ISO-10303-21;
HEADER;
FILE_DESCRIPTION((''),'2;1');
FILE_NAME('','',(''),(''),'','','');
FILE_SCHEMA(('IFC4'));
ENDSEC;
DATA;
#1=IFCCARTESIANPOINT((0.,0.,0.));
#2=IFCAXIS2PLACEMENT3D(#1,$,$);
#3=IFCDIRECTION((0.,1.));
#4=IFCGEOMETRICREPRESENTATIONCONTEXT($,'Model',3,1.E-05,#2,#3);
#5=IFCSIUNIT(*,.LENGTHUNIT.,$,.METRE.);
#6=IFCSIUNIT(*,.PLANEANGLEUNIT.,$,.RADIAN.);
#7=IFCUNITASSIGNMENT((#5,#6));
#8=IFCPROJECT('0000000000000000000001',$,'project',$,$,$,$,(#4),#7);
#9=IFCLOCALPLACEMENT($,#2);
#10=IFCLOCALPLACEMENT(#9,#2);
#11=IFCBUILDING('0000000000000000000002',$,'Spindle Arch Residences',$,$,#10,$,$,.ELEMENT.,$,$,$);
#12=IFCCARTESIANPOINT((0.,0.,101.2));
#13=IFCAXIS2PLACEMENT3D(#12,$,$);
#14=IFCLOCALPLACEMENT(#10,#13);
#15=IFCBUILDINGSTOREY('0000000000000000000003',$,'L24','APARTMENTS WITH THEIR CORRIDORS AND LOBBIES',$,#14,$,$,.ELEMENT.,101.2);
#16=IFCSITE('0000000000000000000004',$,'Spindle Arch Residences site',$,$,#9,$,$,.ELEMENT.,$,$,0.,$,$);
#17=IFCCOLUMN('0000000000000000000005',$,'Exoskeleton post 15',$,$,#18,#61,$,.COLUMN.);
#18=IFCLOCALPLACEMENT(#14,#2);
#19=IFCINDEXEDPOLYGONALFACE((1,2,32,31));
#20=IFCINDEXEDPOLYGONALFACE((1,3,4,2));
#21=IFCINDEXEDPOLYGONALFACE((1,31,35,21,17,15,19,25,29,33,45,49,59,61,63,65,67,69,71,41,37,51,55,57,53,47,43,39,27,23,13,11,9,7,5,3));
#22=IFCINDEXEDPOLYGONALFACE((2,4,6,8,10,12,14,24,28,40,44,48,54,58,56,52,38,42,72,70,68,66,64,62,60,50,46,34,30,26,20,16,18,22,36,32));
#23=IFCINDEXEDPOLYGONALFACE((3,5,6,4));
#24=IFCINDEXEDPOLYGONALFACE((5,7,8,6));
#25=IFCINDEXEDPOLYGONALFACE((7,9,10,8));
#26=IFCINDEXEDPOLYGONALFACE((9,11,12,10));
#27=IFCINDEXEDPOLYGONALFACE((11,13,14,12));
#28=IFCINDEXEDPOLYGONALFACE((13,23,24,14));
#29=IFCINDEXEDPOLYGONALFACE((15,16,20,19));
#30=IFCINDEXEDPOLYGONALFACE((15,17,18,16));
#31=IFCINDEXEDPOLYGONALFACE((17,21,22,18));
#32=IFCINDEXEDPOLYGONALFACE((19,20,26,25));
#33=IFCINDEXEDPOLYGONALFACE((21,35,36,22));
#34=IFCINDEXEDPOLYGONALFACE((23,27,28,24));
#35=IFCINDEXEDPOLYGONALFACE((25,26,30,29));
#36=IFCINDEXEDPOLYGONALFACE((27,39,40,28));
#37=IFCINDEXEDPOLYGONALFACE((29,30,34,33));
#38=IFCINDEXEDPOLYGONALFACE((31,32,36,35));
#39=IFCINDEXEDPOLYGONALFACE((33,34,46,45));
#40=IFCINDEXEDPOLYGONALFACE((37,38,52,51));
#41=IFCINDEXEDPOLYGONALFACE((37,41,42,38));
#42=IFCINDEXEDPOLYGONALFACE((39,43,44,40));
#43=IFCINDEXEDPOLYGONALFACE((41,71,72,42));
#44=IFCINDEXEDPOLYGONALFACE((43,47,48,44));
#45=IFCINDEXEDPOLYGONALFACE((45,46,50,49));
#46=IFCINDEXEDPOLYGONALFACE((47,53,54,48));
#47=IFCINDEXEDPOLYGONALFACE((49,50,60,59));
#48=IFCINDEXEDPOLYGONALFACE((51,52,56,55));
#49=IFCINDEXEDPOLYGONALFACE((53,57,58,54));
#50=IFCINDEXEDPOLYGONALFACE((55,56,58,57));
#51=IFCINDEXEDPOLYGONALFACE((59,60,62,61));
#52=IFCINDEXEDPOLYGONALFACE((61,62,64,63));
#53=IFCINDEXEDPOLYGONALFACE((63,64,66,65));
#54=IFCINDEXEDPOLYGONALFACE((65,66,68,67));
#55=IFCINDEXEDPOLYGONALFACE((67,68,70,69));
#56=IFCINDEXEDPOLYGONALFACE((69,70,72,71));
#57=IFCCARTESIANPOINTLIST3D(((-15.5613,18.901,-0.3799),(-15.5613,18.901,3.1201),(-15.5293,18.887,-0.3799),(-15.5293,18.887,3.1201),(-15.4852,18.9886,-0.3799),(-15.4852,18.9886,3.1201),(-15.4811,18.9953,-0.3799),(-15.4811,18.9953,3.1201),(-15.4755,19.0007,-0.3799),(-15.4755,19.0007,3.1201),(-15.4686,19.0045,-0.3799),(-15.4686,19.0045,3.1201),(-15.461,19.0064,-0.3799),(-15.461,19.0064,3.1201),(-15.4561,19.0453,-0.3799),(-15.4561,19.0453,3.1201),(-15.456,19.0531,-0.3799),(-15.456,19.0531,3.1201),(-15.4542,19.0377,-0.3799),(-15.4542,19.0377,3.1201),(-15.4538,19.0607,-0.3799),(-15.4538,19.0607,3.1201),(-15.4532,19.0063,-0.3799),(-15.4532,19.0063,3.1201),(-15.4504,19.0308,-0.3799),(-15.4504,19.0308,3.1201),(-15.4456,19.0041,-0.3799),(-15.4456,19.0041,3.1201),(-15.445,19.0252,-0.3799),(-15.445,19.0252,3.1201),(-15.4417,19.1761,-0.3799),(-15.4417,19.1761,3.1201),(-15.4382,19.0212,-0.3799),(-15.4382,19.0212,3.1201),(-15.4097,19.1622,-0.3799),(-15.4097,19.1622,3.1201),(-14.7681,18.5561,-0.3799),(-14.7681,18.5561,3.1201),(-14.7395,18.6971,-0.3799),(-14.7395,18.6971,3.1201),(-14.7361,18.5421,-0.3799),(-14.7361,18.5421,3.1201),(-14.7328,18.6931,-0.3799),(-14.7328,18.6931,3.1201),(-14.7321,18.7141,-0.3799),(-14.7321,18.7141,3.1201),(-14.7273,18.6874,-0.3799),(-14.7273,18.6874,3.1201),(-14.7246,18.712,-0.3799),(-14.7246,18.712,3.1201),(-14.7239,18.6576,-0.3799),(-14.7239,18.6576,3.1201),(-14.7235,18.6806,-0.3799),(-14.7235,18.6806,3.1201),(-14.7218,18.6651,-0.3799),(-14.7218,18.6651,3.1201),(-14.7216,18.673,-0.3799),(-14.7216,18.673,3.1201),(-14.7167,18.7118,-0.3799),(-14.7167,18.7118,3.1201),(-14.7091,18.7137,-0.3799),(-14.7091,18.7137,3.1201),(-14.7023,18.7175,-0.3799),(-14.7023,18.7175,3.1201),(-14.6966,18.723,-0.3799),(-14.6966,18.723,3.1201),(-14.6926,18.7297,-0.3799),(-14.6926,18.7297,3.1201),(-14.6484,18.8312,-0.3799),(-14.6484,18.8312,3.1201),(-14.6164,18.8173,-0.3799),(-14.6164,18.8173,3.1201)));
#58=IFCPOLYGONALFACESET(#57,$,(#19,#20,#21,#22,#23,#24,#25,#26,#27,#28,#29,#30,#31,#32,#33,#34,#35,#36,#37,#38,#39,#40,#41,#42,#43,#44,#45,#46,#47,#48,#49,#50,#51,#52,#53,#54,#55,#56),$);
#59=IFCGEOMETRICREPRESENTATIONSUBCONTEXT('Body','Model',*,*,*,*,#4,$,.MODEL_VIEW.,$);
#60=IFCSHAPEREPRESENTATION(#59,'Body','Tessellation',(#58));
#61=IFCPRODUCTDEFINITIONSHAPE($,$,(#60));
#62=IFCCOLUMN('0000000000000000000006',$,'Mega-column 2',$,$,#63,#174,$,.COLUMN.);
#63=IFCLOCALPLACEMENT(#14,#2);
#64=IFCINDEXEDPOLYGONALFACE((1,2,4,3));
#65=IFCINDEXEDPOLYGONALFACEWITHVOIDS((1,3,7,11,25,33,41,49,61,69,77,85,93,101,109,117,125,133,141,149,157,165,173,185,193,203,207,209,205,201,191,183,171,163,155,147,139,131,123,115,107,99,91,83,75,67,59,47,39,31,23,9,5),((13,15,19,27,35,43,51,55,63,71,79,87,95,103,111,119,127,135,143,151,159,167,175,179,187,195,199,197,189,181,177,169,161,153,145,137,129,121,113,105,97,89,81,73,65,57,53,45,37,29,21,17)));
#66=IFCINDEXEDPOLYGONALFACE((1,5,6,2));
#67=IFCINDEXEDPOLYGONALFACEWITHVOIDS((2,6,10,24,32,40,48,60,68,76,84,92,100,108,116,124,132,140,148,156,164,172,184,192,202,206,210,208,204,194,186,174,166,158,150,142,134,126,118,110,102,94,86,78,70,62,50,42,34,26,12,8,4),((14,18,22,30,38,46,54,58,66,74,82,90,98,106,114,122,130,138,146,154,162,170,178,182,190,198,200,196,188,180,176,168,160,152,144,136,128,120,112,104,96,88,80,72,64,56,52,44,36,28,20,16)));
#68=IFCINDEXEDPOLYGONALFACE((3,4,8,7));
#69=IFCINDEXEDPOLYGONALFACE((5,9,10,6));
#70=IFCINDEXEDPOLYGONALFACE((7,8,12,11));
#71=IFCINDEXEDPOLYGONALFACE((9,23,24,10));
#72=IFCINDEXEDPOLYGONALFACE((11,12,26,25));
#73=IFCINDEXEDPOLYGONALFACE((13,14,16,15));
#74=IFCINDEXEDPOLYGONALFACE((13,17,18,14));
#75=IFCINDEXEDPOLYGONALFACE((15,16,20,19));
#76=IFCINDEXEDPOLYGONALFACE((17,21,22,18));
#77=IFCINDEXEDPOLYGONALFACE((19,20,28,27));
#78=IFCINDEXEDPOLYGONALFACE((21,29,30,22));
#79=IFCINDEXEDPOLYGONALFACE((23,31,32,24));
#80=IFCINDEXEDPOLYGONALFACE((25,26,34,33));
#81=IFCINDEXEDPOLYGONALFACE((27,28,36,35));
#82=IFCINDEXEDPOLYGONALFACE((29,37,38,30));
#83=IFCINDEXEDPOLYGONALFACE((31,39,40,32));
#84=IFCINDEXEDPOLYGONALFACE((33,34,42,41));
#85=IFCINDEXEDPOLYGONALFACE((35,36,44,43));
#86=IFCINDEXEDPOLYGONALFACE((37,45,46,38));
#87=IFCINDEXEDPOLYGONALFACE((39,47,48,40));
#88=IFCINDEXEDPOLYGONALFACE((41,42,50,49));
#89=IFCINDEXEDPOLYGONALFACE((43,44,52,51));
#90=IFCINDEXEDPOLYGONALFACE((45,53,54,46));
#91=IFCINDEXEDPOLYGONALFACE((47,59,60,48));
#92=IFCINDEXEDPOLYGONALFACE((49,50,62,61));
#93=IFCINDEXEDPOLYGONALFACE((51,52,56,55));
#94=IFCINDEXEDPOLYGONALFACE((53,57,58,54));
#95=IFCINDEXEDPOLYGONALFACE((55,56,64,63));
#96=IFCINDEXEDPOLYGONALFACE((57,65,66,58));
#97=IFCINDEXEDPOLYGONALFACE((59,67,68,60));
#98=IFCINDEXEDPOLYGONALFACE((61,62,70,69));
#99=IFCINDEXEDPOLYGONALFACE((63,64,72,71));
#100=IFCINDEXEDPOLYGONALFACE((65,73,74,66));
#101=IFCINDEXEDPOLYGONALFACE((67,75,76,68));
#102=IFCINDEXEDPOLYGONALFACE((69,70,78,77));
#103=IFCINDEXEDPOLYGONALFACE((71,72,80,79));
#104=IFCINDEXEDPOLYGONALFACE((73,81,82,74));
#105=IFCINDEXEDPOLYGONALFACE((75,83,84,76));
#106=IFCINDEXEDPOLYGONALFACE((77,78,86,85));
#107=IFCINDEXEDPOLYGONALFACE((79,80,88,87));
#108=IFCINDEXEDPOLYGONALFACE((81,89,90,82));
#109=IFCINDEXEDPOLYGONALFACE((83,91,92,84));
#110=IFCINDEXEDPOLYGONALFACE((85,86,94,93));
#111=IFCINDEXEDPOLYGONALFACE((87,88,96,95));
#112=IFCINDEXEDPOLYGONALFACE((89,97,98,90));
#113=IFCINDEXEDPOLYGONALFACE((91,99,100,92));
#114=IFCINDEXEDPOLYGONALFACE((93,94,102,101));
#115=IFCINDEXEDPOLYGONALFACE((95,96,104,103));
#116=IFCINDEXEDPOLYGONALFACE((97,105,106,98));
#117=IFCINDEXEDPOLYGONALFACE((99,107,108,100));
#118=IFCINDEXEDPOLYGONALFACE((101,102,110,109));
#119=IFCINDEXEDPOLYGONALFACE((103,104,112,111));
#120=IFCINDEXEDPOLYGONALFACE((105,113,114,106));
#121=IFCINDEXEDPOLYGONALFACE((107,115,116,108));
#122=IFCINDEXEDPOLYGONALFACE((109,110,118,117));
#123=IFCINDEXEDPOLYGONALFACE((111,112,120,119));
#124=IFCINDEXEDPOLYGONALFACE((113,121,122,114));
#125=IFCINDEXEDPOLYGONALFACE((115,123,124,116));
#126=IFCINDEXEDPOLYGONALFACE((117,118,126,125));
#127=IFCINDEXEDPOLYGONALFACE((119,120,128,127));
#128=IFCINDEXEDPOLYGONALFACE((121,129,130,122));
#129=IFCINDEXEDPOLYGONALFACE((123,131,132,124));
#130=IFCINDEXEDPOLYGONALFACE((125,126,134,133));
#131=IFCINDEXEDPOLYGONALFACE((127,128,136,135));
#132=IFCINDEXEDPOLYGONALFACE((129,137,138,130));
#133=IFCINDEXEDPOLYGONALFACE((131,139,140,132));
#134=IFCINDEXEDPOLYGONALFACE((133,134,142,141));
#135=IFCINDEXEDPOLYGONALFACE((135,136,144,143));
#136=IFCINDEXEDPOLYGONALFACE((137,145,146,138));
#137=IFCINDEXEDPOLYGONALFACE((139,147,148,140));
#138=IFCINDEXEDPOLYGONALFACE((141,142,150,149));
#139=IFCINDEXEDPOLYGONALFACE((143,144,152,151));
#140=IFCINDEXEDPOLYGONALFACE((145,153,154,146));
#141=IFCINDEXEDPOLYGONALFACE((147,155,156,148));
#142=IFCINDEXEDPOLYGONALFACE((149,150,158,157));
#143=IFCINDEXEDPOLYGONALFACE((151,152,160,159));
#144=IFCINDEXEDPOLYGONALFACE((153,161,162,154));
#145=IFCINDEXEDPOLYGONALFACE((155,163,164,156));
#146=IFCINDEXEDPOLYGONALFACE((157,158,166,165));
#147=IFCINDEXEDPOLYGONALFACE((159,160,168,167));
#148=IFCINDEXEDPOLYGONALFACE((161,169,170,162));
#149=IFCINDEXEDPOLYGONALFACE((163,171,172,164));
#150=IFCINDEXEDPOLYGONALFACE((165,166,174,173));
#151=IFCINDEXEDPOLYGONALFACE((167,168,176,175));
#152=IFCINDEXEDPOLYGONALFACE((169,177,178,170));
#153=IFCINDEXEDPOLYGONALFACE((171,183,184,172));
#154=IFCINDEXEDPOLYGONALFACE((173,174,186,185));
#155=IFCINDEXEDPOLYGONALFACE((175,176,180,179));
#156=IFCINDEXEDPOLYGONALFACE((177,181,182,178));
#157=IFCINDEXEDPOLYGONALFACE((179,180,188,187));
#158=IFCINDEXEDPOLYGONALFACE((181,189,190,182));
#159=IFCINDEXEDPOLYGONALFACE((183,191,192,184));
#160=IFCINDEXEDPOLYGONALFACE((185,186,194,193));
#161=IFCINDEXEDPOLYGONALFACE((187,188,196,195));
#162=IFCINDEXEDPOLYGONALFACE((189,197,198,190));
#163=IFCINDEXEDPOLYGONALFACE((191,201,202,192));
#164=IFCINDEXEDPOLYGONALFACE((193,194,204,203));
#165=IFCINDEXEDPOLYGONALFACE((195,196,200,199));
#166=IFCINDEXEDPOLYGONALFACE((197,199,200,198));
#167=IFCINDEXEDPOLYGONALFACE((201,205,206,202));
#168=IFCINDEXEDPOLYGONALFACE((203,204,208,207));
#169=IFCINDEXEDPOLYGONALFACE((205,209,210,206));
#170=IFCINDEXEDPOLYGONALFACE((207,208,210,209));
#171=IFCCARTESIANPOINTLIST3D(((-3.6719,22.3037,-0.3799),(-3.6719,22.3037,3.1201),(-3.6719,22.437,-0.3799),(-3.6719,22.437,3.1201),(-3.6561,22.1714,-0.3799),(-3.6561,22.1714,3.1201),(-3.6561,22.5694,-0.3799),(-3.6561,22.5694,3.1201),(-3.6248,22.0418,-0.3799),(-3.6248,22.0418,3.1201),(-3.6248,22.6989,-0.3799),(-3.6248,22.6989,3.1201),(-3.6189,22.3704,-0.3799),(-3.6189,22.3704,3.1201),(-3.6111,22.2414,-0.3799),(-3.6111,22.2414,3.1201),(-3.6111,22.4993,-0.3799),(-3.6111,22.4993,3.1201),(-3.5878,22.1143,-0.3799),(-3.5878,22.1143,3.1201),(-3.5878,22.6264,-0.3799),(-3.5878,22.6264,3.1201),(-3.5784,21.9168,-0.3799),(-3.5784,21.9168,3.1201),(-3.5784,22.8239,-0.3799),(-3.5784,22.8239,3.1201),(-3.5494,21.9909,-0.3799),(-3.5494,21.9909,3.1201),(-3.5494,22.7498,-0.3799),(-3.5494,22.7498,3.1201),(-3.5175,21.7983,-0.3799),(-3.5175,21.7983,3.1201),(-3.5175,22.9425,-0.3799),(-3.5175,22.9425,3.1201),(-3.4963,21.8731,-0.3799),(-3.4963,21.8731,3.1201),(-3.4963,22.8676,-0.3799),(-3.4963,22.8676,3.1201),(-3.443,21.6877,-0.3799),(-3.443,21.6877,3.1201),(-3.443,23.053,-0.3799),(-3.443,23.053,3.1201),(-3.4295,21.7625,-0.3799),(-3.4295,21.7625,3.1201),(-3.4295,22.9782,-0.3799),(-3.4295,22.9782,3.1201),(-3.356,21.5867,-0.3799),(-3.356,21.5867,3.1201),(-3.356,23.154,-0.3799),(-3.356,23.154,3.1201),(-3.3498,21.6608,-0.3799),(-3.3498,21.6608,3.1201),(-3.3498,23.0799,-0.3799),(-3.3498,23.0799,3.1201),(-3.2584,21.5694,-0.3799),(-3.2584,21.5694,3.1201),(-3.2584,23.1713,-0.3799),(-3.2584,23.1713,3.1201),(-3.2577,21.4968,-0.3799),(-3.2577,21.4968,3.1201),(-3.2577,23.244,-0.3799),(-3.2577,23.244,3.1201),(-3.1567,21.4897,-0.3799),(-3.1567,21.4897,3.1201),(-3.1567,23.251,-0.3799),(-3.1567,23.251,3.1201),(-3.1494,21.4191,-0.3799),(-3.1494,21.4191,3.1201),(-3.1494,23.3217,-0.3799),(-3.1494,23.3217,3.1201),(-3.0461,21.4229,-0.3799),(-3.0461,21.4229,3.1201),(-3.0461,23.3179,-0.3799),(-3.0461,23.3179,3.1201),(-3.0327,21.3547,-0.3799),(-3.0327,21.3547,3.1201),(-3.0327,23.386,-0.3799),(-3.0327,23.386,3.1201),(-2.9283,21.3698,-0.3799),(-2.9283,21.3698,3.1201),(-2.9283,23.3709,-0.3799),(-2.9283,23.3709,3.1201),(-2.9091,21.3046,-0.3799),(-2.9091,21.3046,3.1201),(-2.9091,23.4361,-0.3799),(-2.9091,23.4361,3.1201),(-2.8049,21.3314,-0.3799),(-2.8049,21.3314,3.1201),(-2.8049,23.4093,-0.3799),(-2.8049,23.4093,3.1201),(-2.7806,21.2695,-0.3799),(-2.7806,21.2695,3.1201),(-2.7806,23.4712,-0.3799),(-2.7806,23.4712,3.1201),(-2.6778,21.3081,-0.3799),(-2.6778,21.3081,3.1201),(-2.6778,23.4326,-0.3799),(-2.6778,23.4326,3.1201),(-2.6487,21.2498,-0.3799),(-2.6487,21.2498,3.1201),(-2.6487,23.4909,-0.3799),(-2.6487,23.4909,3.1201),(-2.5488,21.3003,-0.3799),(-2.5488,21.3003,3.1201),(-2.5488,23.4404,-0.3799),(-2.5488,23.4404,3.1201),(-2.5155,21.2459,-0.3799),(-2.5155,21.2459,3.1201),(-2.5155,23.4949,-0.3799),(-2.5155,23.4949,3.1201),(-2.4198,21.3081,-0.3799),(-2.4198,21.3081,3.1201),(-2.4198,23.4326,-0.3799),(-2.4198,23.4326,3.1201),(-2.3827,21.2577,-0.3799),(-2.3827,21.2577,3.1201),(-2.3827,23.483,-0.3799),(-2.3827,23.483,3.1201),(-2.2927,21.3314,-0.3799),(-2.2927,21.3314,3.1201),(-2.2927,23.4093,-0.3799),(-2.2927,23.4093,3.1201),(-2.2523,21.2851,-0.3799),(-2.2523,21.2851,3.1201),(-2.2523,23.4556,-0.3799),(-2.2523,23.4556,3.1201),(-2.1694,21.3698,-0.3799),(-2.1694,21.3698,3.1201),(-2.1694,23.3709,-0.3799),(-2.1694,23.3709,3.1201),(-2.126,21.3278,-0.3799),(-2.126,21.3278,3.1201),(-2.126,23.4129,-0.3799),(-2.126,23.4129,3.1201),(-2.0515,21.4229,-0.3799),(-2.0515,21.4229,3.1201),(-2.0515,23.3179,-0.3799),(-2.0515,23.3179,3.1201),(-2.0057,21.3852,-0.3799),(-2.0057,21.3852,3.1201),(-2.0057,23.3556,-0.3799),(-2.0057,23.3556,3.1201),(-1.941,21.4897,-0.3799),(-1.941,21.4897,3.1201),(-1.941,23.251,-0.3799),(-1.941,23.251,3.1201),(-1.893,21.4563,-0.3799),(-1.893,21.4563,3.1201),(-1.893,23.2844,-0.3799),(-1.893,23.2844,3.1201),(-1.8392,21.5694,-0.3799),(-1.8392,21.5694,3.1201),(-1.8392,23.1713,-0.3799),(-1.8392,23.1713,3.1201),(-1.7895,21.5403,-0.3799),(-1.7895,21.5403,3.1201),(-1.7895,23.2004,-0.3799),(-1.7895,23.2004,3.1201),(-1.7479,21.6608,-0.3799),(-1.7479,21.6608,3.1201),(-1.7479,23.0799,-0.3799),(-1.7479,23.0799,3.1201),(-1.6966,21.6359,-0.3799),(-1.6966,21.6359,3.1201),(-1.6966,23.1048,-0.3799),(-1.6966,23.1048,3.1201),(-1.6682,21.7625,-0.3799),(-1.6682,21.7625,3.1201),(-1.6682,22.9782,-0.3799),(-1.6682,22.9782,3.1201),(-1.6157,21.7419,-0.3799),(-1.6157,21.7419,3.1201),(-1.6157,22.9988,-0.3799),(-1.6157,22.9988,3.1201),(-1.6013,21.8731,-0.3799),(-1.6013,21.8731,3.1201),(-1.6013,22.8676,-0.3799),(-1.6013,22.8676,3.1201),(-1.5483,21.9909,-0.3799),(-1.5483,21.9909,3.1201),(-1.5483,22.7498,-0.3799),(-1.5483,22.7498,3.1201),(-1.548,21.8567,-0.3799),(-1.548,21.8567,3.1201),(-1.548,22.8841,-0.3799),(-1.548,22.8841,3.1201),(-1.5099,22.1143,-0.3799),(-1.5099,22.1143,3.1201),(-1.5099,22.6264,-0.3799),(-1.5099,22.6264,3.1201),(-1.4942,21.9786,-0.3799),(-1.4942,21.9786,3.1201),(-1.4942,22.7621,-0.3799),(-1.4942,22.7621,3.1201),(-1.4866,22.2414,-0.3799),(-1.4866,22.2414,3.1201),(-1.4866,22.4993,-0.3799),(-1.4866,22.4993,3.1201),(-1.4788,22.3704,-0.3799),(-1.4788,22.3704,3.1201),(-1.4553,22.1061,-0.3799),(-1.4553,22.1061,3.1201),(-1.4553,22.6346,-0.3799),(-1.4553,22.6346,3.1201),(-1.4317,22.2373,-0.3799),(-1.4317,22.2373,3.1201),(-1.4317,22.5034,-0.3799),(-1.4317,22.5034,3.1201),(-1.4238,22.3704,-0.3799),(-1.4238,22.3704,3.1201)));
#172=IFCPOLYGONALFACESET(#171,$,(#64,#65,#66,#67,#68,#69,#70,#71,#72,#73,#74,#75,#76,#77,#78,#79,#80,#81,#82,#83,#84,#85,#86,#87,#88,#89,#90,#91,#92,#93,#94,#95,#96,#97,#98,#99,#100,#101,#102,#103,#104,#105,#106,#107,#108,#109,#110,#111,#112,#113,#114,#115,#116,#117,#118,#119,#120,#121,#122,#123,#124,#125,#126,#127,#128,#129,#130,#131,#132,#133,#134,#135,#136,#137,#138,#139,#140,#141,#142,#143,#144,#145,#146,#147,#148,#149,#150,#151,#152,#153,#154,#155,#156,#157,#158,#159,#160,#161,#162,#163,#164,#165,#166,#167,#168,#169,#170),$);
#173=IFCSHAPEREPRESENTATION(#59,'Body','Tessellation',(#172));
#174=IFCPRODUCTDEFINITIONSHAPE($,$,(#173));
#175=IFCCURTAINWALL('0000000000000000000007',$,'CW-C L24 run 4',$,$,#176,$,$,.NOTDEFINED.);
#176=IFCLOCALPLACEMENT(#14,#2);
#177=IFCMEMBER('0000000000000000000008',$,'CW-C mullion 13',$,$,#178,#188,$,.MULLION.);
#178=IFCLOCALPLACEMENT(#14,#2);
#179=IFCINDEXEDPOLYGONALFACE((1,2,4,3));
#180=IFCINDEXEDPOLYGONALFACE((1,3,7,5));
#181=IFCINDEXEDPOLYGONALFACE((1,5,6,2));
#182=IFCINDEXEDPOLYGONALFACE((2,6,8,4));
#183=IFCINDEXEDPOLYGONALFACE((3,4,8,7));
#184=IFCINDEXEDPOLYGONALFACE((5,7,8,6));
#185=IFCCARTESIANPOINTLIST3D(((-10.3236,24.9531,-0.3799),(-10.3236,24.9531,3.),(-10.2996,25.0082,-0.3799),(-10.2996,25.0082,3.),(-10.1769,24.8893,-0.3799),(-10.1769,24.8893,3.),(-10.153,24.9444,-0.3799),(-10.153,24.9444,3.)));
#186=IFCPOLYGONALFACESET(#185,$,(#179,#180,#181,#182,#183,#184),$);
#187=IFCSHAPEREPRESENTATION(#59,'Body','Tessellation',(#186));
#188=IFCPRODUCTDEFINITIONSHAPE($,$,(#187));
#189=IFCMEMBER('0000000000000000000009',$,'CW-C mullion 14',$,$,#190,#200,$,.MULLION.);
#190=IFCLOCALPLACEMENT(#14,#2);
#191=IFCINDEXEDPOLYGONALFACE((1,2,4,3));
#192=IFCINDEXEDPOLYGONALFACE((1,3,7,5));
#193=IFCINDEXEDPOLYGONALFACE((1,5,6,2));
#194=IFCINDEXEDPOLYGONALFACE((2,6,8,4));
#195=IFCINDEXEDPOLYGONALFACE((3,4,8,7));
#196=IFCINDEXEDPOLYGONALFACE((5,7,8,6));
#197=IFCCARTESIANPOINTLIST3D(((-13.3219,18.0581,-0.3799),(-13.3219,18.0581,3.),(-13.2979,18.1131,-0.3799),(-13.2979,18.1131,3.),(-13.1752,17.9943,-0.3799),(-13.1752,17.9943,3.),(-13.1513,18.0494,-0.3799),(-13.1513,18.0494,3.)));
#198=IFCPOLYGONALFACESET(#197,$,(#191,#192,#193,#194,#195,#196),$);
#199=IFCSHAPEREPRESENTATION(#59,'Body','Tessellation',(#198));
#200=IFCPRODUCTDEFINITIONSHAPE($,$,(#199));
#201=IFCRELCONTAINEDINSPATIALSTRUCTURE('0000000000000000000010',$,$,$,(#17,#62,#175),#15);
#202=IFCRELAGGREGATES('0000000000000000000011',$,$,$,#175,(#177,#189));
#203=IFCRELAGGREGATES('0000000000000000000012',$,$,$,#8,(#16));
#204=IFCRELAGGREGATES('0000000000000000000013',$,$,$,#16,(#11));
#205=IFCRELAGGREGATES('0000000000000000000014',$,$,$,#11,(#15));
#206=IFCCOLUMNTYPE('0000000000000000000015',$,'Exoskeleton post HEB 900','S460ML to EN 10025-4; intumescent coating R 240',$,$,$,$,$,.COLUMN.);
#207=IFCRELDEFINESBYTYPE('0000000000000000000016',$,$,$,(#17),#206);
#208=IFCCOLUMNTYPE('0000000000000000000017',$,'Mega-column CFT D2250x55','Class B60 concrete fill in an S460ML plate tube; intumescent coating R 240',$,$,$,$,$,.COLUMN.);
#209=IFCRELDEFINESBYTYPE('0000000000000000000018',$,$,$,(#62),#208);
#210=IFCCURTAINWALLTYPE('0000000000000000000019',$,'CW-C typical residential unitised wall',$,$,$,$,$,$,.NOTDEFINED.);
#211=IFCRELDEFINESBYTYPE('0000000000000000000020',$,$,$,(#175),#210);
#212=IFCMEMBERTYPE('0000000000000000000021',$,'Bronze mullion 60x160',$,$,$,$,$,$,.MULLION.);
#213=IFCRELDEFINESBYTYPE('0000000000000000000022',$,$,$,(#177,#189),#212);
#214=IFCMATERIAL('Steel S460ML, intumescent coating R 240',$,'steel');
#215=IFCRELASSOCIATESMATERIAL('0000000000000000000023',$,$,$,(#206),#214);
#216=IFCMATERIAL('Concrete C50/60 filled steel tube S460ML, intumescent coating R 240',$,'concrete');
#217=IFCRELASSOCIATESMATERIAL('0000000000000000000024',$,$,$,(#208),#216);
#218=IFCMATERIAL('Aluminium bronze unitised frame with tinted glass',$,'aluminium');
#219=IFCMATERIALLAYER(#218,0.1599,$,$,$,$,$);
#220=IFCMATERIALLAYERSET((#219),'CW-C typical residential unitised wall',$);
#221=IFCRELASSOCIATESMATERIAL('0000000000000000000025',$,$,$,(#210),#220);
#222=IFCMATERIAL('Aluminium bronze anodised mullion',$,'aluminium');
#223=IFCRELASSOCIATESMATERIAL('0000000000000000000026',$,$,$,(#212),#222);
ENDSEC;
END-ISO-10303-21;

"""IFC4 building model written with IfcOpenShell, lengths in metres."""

from ifc_helpers import new_model, si_unit, direction, frame, origin, origin_2d, place, context, subcontext, project, spatial, rectangle, hollow_circle, i_section, extrude, material, layer, layer_set, material_profile, profile_set, type_object, element, aggregate, save


model = new_model("IFC4")

# Units and contexts
model_context = context("Model", 3, precision=1e-05, world=origin(), true_north=direction((0.0, 1.0)))
body_context = subcontext(model_context, "Body", "Model", "MODEL_VIEW")
ifc_project = project(units=[si_unit("LENGTHUNIT", "METRE"), si_unit("PLANEANGLEUNIT", "RADIAN")], contexts=[model_context])

# Site, building, storey
site_placement = place(None, origin())
site = spatial("IfcSite", under=ifc_project, at=site_placement, Name="Spindle Arch Residences site", CompositionType="ELEMENT", RefElevation=0.0)
building_placement = place(site_placement, origin())
building = spatial("IfcBuilding", under=site, at=building_placement, Name="Spindle Arch Residences", CompositionType="ELEMENT")
storey_placement = place(building_placement, frame((0.0, 0.0, 101.2)))
storey = spatial("IfcBuildingStorey", under=building, at=storey_placement, Name="L24", Description="APARTMENTS WITH THEIR CORRIDORS AND LOBBIES", CompositionType="ELEMENT", Elevation=101.2)

# Columns
ifc_material_1 = material(Name="Steel S460ML, intumescent coating R 240", Category="steel")
ifc_material_profile_1 = material_profile(ifc_material_1, i_section(OverallWidth=0.3, OverallDepth=0.8999, WebThickness=0.0186, FlangeThickness=0.0349, FilletRadius=0.03, at=origin_2d()), Name="HEB 900")
ifc_profile_set_1 = profile_set([ifc_material_profile_1], Name="Steel S460ML, intumescent coating R 240")
column_type_1 = type_object("IfcColumnType", Name="Exoskeleton post HEB 900", Description="S460ML to EN 10025-4; intumescent coating R 240", PredefinedType="COLUMN", material=ifc_profile_set_1)
column_1_placement = place(storey_placement, frame((-15.0889, 18.8591, -0.3799), z_axis=(0.0, 0.0, 1.0), x_axis=(0.398749, 0.91706, 0.0)))
element("IfcColumn", 1, at=column_1_placement, inside=storey, type_object=column_type_1, Name="Exoskeleton post 15", PredefinedType="COLUMN", context=body_context, shape_type="SweptSolid", body=[
    extrude(i_section(OverallWidth=0.3, OverallDepth=0.8999, WebThickness=0.0186, FlangeThickness=0.0349, FilletRadius=0.03, at=origin_2d()), origin(), (0.0, 0.0, 1.0), 3.5),
])
ifc_material_2 = material(Name="Concrete C50/60 filled steel tube S460ML, intumescent coating R 240", Category="concrete")
ifc_material_profile_2 = material_profile(ifc_material_2, hollow_circle(Radius=1.125, WallThickness=0.0549, at=origin_2d()), Name="CFT D2250x55")
ifc_profile_set_2 = profile_set([ifc_material_profile_2], Name="Concrete C50/60 filled steel tube S460ML, intumescent coating R 240")
column_type_2 = type_object("IfcColumnType", Name="Mega-column CFT D2250x55", Description="Class B60 concrete fill in an S460ML plate tube; intumescent coating R 240", PredefinedType="COLUMN", material=ifc_profile_set_2)
column_2_placement = place(storey_placement, frame((-2.5488, 22.3704, -0.3799), z_axis=(0.0, 0.0, 1.0), x_axis=(1.0, 0.0, 0.0)))
element("IfcColumn", 2, at=column_2_placement, inside=storey, type_object=column_type_2, Name="Mega-column 2", PredefinedType="COLUMN", context=body_context, shape_type="SweptSolid", body=[
    extrude(hollow_circle(Radius=1.125, WallThickness=0.0549, at=origin_2d()), origin(), (0.0, 0.0, 1.0), 3.5),
])

# Curtain wall, members
ifc_material_3 = material(Name="Aluminium bronze unitised frame with tinted glass", Category="aluminium")
ifc_layer_1 = layer(ifc_material_3, 0.1599)
ifc_layer_set_1 = layer_set([ifc_layer_1], Name="CW-C typical residential unitised wall")
curtain_wall_type_1 = type_object("IfcCurtainWallType", Name="CW-C typical residential unitised wall", PredefinedType="NOTDEFINED", material=ifc_layer_set_1)
curtain_wall_1_placement = place(storey_placement, origin())
curtain_wall_1 = element("IfcCurtainWall", 3, at=curtain_wall_1_placement, inside=storey, type_object=curtain_wall_type_1, Name="CW-C L24 run 4", PredefinedType="NOTDEFINED")
ifc_material_4 = material(Name="Aluminium bronze anodised mullion", Category="aluminium")
ifc_material_profile_3 = material_profile(ifc_material_4, rectangle(XDim=0.1599, YDim=0.0601, at=origin_2d()), Name="MU 60x160")
ifc_profile_set_3 = profile_set([ifc_material_profile_3], Name="Aluminium bronze anodised mullion")
member_type_1 = type_object("IfcMemberType", Name="Bronze mullion 60x160", PredefinedType="MULLION", material=ifc_profile_set_3)
member_1_placement = place(storey_placement, frame((-10.2383, 24.9487, -0.3799), z_axis=(0.0, 0.0, 1.0), x_axis=(0.91706, -0.398749, 0.0)))
member_1 = element("IfcMember", 4, at=member_1_placement, type_object=member_type_1, Name="CW-C mullion 13", PredefinedType="MULLION", context=body_context, shape_type="SweptSolid", body=[
    extrude(rectangle(XDim=0.1599, YDim=0.0601, at=origin_2d()), origin(), (0.0, 0.0, 1.0), 3.3799),
])
member_2_placement = place(storey_placement, frame((-13.2366, 18.0537, -0.3799), z_axis=(0.0, 0.0, 1.0), x_axis=(0.91706, -0.398749, 0.0)))
member_2 = element("IfcMember", 5, at=member_2_placement, type_object=member_type_1, Name="CW-C mullion 14", PredefinedType="MULLION", context=body_context, shape_type="SweptSolid", body=[
    extrude(rectangle(XDim=0.1599, YDim=0.0601, at=origin_2d()), origin(), (0.0, 0.0, 1.0), 3.3799),
])

aggregate(curtain_wall_1, [member_1, member_2])

save(model, "model.ifc")
